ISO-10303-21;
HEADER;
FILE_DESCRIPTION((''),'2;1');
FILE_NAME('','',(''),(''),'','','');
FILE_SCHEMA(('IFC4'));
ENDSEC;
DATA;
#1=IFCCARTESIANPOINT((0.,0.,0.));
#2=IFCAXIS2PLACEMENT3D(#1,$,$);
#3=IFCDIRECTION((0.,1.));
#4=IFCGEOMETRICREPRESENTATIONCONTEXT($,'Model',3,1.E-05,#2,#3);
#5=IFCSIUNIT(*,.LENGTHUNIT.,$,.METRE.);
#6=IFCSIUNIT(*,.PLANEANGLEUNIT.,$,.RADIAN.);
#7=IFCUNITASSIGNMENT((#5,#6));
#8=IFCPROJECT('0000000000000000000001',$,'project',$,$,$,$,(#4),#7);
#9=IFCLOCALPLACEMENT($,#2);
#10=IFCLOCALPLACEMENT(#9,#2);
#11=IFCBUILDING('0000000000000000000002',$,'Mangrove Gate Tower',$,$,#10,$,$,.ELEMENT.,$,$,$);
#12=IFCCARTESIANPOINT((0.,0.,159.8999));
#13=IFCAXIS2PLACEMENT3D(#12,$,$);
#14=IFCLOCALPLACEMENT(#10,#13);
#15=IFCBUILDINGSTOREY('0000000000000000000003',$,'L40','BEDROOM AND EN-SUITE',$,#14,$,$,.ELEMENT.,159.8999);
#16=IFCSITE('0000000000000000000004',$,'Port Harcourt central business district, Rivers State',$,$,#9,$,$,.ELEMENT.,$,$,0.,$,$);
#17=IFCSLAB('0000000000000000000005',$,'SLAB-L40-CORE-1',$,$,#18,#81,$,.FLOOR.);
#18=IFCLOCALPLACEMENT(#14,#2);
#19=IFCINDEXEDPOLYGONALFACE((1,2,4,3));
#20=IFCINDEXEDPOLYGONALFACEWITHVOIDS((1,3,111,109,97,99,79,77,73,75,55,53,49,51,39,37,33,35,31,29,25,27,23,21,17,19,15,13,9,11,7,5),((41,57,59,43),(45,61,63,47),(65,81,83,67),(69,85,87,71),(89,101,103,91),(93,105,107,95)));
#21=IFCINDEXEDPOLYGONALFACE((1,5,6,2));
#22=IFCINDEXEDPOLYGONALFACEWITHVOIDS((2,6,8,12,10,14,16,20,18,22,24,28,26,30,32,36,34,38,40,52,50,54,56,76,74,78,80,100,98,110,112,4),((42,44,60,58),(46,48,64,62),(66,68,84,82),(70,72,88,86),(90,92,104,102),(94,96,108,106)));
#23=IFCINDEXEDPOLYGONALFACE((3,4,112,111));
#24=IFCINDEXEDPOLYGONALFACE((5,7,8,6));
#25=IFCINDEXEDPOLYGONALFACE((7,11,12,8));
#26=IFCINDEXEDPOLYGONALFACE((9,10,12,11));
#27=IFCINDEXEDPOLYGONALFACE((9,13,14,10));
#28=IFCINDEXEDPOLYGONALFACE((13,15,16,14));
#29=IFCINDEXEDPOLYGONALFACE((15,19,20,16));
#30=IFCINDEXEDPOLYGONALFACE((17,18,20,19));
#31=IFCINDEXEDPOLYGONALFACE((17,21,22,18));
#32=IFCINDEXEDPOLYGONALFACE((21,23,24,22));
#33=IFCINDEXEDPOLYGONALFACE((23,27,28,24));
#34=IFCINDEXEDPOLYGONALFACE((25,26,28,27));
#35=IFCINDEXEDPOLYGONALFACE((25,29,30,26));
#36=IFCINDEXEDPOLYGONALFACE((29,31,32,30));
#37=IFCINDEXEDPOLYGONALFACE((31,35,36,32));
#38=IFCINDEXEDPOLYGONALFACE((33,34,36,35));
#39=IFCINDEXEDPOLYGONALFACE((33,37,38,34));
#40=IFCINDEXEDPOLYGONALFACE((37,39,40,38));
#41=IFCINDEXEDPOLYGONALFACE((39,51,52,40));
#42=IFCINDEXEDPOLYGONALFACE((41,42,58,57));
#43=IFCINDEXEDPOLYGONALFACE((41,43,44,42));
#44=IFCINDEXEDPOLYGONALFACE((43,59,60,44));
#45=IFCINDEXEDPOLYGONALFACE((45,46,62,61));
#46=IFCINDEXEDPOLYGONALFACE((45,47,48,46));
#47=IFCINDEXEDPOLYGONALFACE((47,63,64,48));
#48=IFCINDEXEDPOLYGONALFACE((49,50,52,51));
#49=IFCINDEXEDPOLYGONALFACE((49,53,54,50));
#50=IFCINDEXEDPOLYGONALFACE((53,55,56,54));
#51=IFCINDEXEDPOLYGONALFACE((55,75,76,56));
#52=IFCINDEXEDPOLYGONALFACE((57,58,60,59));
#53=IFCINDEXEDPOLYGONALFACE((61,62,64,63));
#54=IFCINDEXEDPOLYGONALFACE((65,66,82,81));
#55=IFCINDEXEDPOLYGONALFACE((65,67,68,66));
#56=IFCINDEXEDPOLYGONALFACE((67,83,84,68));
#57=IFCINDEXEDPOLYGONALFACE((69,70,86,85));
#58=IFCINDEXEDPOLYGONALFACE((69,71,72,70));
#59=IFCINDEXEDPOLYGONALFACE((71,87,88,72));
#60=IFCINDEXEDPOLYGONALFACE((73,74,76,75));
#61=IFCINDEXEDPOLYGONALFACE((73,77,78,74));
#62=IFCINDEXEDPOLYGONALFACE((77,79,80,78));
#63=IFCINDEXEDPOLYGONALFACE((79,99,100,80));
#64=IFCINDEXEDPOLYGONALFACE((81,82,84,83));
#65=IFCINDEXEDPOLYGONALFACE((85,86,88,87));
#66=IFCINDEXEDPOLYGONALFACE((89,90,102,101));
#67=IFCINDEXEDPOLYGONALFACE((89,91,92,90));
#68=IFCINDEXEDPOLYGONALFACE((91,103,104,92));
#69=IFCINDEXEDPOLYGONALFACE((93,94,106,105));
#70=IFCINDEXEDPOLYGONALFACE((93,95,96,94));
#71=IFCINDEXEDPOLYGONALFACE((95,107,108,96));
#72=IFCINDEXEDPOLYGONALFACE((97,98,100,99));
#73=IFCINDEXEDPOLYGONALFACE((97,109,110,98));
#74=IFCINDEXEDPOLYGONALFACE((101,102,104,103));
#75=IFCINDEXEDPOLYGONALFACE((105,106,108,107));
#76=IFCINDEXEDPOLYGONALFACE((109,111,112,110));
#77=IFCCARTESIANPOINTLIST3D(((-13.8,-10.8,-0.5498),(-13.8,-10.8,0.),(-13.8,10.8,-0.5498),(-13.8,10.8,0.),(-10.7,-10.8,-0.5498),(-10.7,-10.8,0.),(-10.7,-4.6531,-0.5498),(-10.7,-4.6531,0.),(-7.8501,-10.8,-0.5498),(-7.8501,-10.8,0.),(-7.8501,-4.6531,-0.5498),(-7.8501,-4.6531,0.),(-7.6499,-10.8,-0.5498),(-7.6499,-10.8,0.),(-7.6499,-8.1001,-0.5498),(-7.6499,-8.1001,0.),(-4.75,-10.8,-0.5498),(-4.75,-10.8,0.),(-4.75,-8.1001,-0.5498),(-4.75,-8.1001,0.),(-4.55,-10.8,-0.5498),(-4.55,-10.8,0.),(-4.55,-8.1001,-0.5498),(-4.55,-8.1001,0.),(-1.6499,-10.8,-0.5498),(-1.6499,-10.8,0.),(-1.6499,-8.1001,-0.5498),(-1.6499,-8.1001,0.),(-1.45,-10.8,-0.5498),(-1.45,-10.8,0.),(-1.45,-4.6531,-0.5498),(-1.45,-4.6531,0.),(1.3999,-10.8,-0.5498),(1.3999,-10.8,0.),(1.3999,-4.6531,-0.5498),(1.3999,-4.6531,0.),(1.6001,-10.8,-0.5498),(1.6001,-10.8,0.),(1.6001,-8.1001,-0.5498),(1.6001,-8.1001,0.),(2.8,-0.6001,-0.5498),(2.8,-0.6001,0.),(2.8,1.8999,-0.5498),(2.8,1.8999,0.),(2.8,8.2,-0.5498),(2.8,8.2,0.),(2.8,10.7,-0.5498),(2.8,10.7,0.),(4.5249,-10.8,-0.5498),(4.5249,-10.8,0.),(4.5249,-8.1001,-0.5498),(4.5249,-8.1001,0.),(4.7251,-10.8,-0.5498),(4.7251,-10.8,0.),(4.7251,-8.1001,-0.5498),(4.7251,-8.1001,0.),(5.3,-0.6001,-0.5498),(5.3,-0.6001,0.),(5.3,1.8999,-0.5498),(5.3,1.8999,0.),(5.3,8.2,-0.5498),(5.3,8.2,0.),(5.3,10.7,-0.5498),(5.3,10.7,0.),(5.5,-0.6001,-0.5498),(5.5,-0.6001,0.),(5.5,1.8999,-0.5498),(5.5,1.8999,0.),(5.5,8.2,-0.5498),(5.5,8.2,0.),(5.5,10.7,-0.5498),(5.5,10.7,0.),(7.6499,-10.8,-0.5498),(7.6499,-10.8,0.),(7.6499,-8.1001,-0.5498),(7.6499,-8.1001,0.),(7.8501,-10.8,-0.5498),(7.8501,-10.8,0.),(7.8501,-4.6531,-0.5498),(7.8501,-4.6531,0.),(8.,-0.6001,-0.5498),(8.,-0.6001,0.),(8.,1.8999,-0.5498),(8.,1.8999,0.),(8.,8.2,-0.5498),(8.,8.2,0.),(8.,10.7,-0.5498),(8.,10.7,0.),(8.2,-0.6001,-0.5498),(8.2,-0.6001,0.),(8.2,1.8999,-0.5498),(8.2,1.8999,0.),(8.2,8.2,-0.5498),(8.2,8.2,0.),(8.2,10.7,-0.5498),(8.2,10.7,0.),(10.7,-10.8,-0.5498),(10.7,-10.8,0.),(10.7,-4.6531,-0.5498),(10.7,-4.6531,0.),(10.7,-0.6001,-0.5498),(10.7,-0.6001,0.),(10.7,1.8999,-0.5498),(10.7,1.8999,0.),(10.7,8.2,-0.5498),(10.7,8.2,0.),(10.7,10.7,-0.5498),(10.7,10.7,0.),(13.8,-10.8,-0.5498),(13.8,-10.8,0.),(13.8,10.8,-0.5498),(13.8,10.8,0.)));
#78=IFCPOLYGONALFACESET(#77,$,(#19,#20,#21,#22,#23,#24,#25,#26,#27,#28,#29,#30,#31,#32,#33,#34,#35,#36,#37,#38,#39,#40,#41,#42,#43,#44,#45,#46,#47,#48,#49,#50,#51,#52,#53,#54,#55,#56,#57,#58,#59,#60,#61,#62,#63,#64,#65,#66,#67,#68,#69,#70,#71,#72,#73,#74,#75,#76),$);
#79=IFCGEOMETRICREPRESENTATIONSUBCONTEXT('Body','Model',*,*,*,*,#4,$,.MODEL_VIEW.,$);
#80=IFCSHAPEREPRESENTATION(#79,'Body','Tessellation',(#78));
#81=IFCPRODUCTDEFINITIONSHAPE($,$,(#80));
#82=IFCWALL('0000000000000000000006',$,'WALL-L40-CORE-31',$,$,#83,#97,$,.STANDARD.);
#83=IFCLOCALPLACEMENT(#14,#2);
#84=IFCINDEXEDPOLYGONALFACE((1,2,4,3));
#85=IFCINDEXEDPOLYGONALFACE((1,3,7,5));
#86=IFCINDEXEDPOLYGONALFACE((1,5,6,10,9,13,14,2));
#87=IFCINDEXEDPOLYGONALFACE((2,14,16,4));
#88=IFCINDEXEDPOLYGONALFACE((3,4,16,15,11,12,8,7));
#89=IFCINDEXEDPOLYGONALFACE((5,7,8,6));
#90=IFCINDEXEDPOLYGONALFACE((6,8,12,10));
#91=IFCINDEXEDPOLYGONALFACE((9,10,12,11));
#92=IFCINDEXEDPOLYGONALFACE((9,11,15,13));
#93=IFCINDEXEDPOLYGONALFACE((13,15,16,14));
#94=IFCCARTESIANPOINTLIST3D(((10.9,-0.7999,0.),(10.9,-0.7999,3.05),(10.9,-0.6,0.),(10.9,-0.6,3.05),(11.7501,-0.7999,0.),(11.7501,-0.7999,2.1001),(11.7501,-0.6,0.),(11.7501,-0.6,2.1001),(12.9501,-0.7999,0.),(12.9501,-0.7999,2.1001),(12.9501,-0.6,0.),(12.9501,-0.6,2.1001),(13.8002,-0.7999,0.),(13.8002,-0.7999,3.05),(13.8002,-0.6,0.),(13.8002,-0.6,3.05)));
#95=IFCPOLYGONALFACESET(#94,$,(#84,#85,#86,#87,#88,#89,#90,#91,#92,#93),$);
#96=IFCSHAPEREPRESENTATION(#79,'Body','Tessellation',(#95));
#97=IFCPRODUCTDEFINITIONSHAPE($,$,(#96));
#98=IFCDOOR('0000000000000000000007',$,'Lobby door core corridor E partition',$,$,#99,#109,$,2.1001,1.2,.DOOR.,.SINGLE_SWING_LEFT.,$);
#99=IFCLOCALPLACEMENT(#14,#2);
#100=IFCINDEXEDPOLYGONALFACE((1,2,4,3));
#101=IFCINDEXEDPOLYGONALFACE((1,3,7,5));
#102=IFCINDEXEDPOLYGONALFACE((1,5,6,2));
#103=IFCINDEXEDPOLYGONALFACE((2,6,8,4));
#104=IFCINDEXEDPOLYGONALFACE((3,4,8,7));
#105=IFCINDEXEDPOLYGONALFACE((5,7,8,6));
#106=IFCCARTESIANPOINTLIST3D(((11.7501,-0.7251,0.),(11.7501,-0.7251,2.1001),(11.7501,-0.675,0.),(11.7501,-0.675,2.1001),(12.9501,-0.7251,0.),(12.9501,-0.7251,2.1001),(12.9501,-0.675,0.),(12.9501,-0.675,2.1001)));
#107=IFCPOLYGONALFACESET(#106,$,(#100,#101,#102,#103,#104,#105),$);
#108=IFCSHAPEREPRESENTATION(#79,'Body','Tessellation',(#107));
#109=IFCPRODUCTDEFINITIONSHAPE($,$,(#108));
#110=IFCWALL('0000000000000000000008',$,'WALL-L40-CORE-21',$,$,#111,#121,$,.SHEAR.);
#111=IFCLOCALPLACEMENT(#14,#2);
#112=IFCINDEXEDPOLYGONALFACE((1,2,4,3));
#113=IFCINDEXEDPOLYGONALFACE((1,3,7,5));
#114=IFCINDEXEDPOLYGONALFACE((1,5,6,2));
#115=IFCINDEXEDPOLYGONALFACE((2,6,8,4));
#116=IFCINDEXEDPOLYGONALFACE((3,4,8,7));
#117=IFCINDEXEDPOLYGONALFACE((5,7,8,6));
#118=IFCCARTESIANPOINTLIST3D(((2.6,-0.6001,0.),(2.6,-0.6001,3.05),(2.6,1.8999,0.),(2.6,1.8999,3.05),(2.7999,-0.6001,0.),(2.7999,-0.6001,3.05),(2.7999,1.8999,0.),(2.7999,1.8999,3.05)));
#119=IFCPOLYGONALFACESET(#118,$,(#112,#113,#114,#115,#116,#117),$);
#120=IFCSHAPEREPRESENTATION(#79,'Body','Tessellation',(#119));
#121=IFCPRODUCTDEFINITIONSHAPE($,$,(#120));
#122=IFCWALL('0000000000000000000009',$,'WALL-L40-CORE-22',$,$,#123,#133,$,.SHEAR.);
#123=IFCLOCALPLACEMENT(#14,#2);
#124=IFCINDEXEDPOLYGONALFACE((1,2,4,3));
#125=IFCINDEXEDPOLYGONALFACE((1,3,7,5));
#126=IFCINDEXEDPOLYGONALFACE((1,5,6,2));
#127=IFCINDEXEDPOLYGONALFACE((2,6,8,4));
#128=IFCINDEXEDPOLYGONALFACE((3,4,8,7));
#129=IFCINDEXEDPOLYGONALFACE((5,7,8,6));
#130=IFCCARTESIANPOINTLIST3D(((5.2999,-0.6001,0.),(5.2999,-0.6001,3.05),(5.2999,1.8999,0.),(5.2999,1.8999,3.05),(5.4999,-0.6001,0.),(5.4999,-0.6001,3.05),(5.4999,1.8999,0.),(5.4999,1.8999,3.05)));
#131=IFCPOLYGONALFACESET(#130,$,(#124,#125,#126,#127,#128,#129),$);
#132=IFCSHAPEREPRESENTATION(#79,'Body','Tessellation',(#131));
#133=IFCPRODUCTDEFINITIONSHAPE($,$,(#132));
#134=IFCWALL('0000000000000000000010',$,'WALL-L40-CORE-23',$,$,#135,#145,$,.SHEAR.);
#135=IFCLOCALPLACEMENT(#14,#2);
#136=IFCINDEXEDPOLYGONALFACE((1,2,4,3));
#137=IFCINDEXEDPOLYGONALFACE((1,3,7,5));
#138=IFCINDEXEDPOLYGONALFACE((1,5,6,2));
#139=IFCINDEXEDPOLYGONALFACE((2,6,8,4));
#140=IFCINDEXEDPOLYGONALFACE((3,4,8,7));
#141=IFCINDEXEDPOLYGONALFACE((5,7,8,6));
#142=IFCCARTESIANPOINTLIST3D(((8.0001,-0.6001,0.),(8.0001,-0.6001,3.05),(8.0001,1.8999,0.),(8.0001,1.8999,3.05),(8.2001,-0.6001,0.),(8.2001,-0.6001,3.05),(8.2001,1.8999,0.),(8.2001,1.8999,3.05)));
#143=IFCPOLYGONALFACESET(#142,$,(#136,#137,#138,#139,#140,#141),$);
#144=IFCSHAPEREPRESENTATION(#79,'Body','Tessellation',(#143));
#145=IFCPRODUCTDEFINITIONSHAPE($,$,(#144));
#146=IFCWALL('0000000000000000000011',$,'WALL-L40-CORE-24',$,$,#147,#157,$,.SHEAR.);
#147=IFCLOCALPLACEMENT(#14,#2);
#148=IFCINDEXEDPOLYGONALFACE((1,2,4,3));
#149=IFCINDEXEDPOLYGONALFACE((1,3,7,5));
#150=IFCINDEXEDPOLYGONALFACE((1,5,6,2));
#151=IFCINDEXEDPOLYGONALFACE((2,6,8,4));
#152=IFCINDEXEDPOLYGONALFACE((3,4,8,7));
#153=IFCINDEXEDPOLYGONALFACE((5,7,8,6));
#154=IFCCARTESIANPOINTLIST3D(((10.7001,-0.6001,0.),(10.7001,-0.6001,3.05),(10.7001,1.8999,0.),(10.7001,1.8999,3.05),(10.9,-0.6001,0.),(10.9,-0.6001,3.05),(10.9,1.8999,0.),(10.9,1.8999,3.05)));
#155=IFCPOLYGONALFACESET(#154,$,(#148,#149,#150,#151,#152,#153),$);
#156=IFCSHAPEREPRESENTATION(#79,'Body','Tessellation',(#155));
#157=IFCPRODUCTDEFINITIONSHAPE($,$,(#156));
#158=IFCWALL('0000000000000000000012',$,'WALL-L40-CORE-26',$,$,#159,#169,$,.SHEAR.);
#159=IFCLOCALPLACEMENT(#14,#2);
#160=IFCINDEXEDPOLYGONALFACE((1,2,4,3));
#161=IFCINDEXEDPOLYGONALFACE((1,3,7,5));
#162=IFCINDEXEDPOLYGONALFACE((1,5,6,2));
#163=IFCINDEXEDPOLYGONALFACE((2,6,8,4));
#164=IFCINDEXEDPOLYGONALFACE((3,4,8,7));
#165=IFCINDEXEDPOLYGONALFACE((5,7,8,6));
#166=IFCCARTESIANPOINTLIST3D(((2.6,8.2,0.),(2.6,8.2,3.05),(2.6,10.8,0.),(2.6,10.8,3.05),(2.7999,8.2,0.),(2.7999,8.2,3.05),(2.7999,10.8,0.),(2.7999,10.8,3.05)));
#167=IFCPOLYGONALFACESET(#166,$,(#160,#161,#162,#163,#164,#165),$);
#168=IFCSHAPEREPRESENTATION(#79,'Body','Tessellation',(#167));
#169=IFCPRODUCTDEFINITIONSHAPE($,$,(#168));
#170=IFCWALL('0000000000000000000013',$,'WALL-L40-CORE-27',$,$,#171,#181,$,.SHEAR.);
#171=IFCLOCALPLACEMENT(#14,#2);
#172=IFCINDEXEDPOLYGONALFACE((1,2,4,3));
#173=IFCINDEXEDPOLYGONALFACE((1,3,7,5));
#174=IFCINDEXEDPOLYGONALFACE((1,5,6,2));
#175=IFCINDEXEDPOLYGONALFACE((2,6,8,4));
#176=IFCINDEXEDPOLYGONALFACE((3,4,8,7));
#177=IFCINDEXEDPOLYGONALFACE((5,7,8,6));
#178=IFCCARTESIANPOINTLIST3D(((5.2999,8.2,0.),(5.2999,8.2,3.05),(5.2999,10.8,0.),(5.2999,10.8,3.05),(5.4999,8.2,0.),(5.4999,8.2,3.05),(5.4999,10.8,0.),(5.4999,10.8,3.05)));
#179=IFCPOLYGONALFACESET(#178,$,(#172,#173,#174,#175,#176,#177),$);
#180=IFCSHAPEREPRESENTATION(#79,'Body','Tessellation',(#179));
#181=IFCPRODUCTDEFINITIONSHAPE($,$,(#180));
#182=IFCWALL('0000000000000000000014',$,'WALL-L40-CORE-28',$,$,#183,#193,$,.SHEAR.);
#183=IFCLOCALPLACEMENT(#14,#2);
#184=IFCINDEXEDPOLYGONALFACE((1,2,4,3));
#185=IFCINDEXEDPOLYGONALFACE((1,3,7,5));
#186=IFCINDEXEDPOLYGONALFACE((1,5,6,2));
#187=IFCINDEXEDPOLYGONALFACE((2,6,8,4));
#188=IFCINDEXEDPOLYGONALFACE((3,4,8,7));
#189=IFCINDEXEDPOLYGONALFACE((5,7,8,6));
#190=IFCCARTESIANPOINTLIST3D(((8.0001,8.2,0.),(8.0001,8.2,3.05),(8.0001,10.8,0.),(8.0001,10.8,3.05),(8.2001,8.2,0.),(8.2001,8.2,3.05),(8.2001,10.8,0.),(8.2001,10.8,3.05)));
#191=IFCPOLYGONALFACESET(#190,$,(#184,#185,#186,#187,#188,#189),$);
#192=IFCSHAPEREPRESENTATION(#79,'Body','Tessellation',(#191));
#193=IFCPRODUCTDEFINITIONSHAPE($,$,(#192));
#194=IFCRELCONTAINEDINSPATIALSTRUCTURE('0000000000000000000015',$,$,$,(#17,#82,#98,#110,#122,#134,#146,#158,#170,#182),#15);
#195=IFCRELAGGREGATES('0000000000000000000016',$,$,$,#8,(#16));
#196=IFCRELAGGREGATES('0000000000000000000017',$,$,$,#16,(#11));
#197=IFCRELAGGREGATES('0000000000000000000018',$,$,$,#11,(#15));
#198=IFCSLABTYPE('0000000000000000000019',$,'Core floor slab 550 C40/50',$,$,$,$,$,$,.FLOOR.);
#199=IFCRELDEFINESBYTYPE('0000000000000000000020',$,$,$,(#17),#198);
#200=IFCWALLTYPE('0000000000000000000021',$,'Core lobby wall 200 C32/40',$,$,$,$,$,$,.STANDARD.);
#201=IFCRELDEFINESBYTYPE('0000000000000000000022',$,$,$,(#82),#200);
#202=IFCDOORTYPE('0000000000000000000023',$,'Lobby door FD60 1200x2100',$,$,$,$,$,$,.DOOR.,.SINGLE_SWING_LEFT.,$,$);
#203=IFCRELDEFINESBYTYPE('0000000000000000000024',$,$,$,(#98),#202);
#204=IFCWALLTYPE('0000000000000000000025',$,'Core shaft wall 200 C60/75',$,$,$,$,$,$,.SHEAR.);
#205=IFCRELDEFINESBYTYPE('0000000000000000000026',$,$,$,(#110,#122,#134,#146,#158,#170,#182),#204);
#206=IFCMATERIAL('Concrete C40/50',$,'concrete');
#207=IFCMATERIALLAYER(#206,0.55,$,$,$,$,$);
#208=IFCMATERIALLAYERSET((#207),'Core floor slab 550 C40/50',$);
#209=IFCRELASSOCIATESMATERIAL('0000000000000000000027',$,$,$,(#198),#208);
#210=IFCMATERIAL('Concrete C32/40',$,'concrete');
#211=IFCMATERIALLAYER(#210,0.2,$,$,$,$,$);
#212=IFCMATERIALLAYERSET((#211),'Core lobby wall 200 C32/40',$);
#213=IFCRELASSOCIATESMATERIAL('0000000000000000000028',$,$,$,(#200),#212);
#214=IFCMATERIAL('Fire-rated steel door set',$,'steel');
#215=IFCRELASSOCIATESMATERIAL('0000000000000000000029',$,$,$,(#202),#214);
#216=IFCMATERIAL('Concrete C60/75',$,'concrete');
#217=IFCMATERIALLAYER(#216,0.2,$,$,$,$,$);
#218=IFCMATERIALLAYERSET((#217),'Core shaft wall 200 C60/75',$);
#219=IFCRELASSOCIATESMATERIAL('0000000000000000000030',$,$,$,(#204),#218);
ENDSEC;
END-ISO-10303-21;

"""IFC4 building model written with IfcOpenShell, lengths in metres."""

from ifc_helpers import new_model, si_unit, direction, frame, frame_2d, origin, place, context, subcontext, project, spatial, polyline, rectangle, outline, extrude, material, layer, layer_set, type_object, element, fill, save


model = new_model("IFC4")

# Units and contexts
model_context = context("Model", 3, precision=1e-05, world=origin(), true_north=direction((0.0, 1.0)))
body_context = subcontext(model_context, "Body", "Model", "MODEL_VIEW")
ifc_project = project(units=[si_unit("LENGTHUNIT", "METRE"), si_unit("PLANEANGLEUNIT", "RADIAN")], contexts=[model_context])

# Site, building, storey
site_placement = place(None, origin())
site = spatial("IfcSite", under=ifc_project, at=site_placement, Name="Port Harcourt central business district, Rivers State", CompositionType="ELEMENT", RefElevation=0.0)
building_placement = place(site_placement, origin())
building = spatial("IfcBuilding", under=site, at=building_placement, Name="Mangrove Gate Tower", CompositionType="ELEMENT")
storey_placement = place(building_placement, frame((0.0, 0.0, 159.8999)))
storey = spatial("IfcBuildingStorey", under=building, at=storey_placement, Name="L40", Description="BEDROOM AND EN-SUITE", CompositionType="ELEMENT", Elevation=159.8999)

# Slab
ifc_material_1 = material(Name="Concrete C40/50", Category="concrete")
ifc_layer_1 = layer(ifc_material_1, 0.55)
ifc_layer_set_1 = layer_set([ifc_layer_1], Name="Core floor slab 550 C40/50")
slab_type = type_object("IfcSlabType", Name="Core floor slab 550 C40/50", PredefinedType="FLOOR", material=ifc_layer_set_1)
slab_placement = place(storey_placement, frame((0.0, 0.0, -0.5498)))
element("IfcSlab", 1, at=slab_placement, inside=storey, type_object=slab_type, Name="SLAB-L40-CORE-1", PredefinedType="FLOOR", context=body_context, shape_type="SweptSolid", body=[
    extrude(outline(polyline([(-13.8, -10.8), (-13.8, 10.8), (13.8, 10.8), (13.8, -10.8), (10.7, -10.8), (10.7, -4.6531), (7.8501, -4.6531), (7.8501, -10.8), (7.6499, -10.8), (7.6499, -8.1001), (4.7251, -8.1001), (4.7251, -10.8), (4.5249, -10.8), (4.5249, -8.1001), (1.6001, -8.1001), (1.6001, -10.8), (1.3999, -10.8), (1.3999, -4.6531), (-1.45, -4.6531), (-1.45, -10.8), (-1.6499, -10.8), (-1.6499, -8.1001), (-4.55, -8.1001), (-4.55, -10.8), (-4.75, -10.8), (-4.75, -8.1001), (-7.6499, -8.1001), (-7.6499, -10.8), (-7.8501, -10.8), (-7.8501, -4.6531), (-10.7, -4.6531), (-10.7, -10.8), (-13.8, -10.8)]), holes=[polyline([(5.3, -0.6001), (5.3, 1.8999), (2.8, 1.8999), (2.8, -0.6001), (5.3, -0.6001)]), polyline([(5.3, 10.7), (2.8, 10.7), (2.8, 8.2), (5.3, 8.2), (5.3, 10.7)]), polyline([(8.0, -0.6001), (8.0, 1.8999), (5.5, 1.8999), (5.5, -0.6001), (8.0, -0.6001)]), polyline([(10.7, -0.6001), (10.7, 1.8999), (8.2, 1.8999), (8.2, -0.6001), (10.7, -0.6001)]), polyline([(8.0, 8.2), (8.0, 10.7), (5.5, 10.7), (5.5, 8.2), (8.0, 8.2)]), polyline([(10.7, 8.2), (10.7, 10.7), (8.2, 10.7), (8.2, 8.2), (10.7, 8.2)])]), origin(), (0.0, 0.0, 1.0), 0.5498),
])

# Wall, opening, door
ifc_material_2 = material(Name="Concrete C32/40", Category="concrete")
ifc_layer_2 = layer(ifc_material_2, 0.2)
ifc_layer_set_2 = layer_set([ifc_layer_2], Name="Core lobby wall 200 C32/40")
wall_type_1 = type_object("IfcWallType", Name="Core lobby wall 200 C32/40", PredefinedType="STANDARD", material=ifc_layer_set_2)
wall_1_placement = place(storey_placement, frame((10.8999, -0.7, 0.0), z_axis=(0.0, 0.0, 1.0), x_axis=(1.0, 0.0, 0.0)))
wall_1 = element("IfcWall", 2, at=wall_1_placement, inside=storey, type_object=wall_type_1, Name="WALL-L40-CORE-31", PredefinedType="STANDARD", context=body_context, shape_type="SweptSolid", body=[
    extrude(rectangle(XDim=2.9001, YDim=0.2, at=frame_2d((1.4502, 0.0))), origin(), (0.0, 0.0, 1.0), 3.05),
])
opening_1_placement = place(wall_1_placement, frame((0.8501, 0.0, 0.0)))
opening_1 = element("IfcOpeningElement", 3, at=opening_1_placement, cuts=wall_1, PredefinedType="OPENING", context=body_context, shape_type="SweptSolid", body=[
    extrude(rectangle(XDim=1.2, YDim=2.1001, at=frame_2d((0.6001, 1.05))), frame((0.0, 0.1099, 0.0), z_axis=(0.0, -1.0, 0.0), x_axis=(1.0, 0.0, 0.0)), (0.0, 0.0, 1.0), 0.22),
])
ifc_material_3 = material(Name="Fire-rated steel door set", Category="steel")
door_type_1 = type_object("IfcDoorType", Name="Lobby door FD60 1200x2100", OperationType="SINGLE_SWING_LEFT", PredefinedType="DOOR", material=ifc_material_3)
door_1_placement = place(opening_1_placement, origin())
door_1 = element("IfcDoor", 4, at=door_1_placement, inside=storey, type_object=door_type_1, Name="Lobby door core corridor E partition", OperationType="SINGLE_SWING_LEFT", OverallHeight=2.1001, OverallWidth=1.2, PredefinedType="DOOR", context=body_context, shape_type="SweptSolid", body=[
    extrude(rectangle(XDim=1.2, YDim=2.1001, at=frame_2d((0.6001, 1.05))), frame((0.0, 0.0249, 0.0), z_axis=(0.0, -1.0, 0.0), x_axis=(1.0, 0.0, 0.0)), (0.0, 0.0, 1.0), 0.05),
])
fill(opening_1, door_1)

# Walls
ifc_material_4 = material(Name="Concrete C60/75", Category="concrete")
ifc_layer_3 = layer(ifc_material_4, 0.2)
ifc_layer_set_3 = layer_set([ifc_layer_3], Name="Core shaft wall 200 C60/75")
wall_type_2 = type_object("IfcWallType", Name="Core shaft wall 200 C60/75", PredefinedType="SHEAR", material=ifc_layer_set_3)
for number, where, z_axis, x_axis, name in (
    (5, (2.7, -0.6001, 0.0), (0.0, 0.0, 1.0), (0.0, 1.0, 0.0), "WALL-L40-CORE-21"),
    (6, (5.3999, -0.6001, 0.0), (0.0, 0.0, 1.0), (0.0, 1.0, 0.0), "WALL-L40-CORE-22"),
    (7, (8.1001, -0.6001, 0.0), (0.0, 0.0, 1.0), (0.0, 1.0, 0.0), "WALL-L40-CORE-23"),
    (8, (10.8, -0.6001, 0.0), (0.0, 0.0, 1.0), (0.0, 1.0, 0.0), "WALL-L40-CORE-24"),
):
    element("IfcWall", number, at=place(storey_placement, frame(where, z_axis=z_axis, x_axis=x_axis)), inside=storey, type_object=wall_type_2, Name=name, PredefinedType="SHEAR", context=body_context, shape_type="SweptSolid", body=[
        extrude(rectangle(XDim=2.5, YDim=0.2, at=frame_2d((1.25, 0.0))), origin(), (0.0, 0.0, 1.0), 3.05),
    ])
for number, where, z_axis, x_axis, name in (
    (9, (2.7, 8.2, 0.0), (0.0, 0.0, 1.0), (0.0, 1.0, 0.0), "WALL-L40-CORE-26"),
    (10, (5.3999, 8.2, 0.0), (0.0, 0.0, 1.0), (0.0, 1.0, 0.0), "WALL-L40-CORE-27"),
    (11, (8.1001, 8.2, 0.0), (0.0, 0.0, 1.0), (0.0, 1.0, 0.0), "WALL-L40-CORE-28"),
):
    element("IfcWall", number, at=place(storey_placement, frame(where, z_axis=z_axis, x_axis=x_axis)), inside=storey, type_object=wall_type_2, Name=name, PredefinedType="SHEAR", context=body_context, shape_type="SweptSolid", body=[
        extrude(rectangle(XDim=2.6001, YDim=0.2, at=frame_2d((1.3, 0.0))), origin(), (0.0, 0.0, 1.0), 3.05),
    ])

save(model, "model.ifc")
